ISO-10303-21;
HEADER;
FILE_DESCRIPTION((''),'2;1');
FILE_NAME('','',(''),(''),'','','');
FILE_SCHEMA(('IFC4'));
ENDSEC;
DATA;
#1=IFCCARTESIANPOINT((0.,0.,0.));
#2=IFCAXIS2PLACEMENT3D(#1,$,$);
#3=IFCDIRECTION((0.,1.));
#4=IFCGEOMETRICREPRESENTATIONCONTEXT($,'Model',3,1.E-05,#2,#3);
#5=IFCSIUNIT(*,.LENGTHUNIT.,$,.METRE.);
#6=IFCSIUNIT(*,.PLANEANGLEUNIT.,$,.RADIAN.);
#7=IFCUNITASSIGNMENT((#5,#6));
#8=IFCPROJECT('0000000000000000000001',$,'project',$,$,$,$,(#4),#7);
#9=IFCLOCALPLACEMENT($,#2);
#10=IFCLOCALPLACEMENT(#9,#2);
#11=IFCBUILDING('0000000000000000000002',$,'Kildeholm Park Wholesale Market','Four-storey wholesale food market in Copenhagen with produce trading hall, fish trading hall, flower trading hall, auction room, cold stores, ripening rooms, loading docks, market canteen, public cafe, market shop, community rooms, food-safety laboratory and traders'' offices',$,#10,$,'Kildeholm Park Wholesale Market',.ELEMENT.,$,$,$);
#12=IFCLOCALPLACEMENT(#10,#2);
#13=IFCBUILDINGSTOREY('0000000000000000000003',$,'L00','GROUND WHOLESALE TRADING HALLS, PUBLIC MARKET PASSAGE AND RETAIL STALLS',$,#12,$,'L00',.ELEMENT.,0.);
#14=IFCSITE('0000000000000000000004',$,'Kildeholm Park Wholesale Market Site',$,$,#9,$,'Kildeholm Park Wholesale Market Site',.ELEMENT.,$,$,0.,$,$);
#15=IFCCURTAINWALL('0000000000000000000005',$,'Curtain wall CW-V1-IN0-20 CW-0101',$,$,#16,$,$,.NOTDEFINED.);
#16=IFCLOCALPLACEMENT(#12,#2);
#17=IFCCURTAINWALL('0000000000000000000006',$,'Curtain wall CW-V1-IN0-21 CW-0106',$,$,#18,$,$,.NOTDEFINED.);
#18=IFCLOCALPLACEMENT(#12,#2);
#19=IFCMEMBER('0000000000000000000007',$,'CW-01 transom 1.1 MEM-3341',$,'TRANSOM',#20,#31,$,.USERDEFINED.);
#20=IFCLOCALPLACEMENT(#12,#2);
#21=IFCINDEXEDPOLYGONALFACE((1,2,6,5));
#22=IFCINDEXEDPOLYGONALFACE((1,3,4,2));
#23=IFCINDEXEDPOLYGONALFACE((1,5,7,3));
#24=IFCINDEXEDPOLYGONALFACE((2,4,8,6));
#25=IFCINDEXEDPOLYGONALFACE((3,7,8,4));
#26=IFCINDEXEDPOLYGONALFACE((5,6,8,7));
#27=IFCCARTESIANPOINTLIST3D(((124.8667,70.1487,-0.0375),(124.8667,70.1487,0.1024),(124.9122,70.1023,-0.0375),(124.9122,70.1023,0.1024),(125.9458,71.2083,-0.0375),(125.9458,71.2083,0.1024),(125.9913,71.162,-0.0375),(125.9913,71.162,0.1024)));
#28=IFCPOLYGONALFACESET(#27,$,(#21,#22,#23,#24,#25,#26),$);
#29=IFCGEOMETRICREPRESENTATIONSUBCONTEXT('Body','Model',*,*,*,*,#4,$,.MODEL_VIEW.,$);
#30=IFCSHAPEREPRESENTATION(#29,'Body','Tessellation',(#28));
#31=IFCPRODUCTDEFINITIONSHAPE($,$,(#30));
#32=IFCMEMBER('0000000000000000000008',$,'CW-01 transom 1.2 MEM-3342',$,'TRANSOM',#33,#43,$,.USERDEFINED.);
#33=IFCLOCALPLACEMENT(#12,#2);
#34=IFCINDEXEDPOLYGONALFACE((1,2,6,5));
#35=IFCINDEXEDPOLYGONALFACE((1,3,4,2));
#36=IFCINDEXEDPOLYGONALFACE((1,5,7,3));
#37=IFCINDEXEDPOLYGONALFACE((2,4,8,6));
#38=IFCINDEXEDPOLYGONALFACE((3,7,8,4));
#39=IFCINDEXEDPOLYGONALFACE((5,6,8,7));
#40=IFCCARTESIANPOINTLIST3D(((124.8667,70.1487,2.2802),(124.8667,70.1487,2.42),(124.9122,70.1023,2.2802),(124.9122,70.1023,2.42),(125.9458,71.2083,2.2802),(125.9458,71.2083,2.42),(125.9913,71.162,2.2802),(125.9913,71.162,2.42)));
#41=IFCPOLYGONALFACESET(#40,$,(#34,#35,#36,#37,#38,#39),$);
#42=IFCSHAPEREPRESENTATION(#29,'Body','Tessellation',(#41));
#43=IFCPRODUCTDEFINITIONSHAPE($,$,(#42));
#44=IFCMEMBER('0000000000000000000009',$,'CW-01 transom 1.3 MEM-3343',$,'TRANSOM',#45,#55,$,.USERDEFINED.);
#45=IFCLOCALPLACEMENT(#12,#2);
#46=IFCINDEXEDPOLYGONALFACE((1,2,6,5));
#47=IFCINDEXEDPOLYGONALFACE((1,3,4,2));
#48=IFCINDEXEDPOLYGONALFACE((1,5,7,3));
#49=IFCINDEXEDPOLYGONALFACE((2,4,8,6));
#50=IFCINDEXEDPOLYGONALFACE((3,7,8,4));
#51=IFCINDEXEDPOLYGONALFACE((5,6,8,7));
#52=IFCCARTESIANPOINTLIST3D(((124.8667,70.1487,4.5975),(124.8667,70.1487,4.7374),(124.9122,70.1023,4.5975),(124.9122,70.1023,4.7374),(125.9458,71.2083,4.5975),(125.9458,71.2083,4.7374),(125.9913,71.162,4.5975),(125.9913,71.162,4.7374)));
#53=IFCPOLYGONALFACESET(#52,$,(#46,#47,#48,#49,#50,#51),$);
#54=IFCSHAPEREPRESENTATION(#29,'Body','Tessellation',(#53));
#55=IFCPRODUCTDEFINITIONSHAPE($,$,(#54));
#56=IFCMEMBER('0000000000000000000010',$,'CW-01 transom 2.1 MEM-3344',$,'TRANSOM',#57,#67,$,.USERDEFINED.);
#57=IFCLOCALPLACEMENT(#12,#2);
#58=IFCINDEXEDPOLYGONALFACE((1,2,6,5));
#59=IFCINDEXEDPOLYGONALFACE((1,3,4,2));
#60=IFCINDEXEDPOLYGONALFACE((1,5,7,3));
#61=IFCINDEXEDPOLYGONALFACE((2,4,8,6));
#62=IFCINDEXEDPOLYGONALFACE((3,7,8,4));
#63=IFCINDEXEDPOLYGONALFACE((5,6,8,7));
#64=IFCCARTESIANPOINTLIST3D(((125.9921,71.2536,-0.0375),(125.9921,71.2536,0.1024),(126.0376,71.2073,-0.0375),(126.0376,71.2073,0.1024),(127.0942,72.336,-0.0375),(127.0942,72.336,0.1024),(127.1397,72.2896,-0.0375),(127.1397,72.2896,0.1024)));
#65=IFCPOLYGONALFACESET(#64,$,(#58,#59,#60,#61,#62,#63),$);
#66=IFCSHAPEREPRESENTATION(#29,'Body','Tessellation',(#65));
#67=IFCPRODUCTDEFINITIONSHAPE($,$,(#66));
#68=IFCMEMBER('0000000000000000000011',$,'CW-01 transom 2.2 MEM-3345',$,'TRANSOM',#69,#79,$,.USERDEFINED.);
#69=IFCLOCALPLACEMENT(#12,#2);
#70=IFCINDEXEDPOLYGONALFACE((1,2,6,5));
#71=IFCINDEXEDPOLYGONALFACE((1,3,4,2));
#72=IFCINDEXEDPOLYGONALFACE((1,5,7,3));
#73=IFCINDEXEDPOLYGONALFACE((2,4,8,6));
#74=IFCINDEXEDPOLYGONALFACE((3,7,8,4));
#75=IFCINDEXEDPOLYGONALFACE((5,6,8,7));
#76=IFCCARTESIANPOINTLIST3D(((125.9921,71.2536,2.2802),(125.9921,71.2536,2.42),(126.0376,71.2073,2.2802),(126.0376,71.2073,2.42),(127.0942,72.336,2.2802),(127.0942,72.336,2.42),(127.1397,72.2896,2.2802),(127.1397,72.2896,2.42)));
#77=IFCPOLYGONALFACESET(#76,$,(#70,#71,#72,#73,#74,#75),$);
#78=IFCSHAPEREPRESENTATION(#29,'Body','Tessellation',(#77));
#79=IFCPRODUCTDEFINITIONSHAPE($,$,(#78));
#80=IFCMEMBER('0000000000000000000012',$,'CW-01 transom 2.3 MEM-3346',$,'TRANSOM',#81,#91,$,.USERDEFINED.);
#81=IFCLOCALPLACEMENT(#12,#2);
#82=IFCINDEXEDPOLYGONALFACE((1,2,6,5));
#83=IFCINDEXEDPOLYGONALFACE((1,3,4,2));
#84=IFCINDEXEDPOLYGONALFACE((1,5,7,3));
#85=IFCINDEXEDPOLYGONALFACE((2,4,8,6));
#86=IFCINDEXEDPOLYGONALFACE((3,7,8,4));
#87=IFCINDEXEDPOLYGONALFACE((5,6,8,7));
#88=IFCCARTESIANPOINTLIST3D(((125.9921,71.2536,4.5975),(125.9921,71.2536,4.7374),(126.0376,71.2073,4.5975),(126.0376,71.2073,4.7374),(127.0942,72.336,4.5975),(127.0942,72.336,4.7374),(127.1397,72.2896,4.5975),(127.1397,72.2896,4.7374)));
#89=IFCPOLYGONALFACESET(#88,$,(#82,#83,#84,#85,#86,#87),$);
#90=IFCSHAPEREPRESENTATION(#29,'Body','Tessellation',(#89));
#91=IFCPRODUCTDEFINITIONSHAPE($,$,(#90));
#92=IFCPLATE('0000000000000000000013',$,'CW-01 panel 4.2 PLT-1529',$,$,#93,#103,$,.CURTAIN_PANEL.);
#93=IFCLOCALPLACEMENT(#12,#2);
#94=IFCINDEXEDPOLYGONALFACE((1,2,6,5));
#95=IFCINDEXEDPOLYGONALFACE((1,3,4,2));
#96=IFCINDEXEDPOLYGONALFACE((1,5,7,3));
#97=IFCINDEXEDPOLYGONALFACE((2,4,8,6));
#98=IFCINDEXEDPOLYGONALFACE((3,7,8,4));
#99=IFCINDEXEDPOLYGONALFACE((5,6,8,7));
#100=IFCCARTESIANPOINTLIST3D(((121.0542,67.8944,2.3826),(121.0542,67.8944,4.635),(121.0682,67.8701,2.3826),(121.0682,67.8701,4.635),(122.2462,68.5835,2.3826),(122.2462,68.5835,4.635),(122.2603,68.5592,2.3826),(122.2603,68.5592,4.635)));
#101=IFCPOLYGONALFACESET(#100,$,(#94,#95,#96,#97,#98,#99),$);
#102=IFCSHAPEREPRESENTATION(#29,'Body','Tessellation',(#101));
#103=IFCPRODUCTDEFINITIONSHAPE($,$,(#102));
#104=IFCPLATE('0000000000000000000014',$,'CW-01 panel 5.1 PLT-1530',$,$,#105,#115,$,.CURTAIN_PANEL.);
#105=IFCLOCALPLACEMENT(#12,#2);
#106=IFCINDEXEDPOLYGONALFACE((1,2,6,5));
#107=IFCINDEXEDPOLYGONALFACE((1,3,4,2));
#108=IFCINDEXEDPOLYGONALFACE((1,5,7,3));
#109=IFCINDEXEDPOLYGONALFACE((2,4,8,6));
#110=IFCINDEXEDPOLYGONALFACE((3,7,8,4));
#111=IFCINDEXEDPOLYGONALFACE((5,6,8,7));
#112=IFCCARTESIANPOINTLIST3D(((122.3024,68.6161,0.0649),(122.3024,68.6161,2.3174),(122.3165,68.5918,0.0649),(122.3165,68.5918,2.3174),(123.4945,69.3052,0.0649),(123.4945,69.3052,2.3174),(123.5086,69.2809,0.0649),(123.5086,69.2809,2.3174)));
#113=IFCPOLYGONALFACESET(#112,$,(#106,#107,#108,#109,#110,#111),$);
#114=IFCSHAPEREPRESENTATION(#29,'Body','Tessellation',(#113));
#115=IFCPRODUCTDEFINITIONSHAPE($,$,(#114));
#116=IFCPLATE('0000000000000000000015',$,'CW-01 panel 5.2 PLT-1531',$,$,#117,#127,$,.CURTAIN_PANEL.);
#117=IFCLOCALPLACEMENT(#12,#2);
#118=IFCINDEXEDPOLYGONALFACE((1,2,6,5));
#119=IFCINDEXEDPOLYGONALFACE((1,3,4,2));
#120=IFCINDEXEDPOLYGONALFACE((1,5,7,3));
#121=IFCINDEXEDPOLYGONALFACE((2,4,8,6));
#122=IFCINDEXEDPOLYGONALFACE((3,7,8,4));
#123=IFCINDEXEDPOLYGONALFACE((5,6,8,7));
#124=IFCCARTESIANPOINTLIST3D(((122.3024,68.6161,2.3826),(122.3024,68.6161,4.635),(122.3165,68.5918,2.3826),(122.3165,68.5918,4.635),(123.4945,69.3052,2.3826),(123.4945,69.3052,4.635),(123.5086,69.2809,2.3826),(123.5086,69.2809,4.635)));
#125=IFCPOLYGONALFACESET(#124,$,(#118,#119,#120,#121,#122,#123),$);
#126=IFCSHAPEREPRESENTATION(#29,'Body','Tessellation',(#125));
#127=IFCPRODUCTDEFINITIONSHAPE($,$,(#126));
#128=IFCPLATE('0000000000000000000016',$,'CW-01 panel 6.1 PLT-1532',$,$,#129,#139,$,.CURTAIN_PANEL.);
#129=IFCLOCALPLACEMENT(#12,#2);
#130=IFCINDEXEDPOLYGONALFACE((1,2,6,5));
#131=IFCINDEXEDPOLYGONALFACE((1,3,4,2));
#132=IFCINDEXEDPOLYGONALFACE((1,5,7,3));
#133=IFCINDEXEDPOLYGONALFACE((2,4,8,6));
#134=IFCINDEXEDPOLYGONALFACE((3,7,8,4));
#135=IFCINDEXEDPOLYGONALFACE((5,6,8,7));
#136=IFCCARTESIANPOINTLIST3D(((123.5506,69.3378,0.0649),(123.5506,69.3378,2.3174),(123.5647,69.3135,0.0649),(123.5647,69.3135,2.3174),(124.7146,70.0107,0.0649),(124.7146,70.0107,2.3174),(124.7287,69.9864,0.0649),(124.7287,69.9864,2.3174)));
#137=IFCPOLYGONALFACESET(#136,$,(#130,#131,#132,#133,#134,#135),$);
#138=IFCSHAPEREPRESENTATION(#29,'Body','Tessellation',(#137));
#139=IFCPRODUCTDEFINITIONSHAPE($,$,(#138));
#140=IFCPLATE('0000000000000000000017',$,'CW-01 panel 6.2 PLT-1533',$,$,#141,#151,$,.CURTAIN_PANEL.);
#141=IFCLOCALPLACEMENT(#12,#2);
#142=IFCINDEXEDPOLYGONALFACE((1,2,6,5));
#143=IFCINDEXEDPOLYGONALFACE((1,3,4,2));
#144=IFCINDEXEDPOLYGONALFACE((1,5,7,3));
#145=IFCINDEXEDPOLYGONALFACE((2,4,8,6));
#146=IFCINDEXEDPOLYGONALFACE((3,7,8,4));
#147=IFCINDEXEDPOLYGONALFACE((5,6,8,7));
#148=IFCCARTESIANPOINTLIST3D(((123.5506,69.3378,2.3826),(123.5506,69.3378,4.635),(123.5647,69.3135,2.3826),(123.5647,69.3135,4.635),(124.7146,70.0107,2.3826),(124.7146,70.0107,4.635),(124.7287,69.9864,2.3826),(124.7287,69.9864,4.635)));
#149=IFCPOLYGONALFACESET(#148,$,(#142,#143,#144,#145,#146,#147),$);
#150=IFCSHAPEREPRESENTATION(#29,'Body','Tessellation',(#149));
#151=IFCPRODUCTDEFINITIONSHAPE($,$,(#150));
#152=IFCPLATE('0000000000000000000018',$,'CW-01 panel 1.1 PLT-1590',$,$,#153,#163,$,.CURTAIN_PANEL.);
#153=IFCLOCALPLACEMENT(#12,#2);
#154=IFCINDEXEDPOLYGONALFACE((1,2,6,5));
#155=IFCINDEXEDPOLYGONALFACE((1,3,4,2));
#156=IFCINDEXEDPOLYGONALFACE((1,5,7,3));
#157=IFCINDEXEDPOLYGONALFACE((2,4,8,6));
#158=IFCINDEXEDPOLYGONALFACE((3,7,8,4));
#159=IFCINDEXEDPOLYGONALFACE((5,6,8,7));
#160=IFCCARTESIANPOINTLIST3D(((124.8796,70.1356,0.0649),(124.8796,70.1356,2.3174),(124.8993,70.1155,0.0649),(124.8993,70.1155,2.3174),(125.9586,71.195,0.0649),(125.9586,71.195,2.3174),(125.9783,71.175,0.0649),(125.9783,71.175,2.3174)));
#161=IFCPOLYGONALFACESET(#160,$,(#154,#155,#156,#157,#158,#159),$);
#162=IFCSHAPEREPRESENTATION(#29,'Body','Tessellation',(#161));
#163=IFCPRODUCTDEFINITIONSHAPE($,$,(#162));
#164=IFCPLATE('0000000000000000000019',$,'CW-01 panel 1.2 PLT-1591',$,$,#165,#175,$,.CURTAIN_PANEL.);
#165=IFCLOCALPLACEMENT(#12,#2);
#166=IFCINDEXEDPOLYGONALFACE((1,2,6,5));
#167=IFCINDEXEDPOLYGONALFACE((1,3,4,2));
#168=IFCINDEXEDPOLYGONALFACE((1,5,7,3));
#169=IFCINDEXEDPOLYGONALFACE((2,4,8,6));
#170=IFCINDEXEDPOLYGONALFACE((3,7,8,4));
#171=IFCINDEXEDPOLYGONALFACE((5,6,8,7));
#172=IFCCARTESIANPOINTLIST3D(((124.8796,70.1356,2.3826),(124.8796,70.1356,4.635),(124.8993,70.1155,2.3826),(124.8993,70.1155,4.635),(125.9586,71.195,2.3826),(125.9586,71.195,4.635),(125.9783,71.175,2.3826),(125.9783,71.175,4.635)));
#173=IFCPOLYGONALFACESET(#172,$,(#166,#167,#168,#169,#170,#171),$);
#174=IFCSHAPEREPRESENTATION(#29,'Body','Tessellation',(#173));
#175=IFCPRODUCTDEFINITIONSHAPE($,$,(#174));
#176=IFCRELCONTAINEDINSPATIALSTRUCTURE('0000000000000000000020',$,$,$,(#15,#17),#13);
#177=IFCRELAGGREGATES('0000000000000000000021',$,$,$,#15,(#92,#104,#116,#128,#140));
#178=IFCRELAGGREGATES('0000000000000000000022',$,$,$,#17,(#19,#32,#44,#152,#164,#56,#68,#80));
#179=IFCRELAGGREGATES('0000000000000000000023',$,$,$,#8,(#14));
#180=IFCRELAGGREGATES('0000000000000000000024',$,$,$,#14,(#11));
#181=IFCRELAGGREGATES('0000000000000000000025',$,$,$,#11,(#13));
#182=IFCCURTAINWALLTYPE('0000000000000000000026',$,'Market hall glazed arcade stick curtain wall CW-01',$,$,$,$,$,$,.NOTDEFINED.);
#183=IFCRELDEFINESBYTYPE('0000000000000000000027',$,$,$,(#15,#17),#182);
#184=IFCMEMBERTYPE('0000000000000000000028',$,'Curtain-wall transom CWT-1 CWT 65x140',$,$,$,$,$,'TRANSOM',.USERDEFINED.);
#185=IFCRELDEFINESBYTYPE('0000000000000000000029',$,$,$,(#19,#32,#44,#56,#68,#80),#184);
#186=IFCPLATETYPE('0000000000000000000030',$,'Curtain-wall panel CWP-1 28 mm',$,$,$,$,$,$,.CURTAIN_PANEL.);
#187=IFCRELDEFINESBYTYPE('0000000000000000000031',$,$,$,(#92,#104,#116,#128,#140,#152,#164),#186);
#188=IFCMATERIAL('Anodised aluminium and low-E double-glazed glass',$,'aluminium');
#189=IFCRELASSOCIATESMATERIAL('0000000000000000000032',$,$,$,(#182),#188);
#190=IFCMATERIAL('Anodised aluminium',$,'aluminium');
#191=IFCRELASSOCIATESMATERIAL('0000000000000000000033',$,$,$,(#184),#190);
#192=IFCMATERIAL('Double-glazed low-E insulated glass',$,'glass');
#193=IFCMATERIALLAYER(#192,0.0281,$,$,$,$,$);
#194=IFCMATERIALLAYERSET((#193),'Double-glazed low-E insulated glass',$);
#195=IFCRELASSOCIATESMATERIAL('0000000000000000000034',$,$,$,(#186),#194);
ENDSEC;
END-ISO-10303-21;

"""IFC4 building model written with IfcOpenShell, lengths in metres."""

from ifc_helpers import new_model, si_unit, direction, frame, origin, origin_2d, place, context, subcontext, project, spatial, rectangle, extrude, material, layer, layer_set, material_profile, profile_set, type_object, element, aggregate, save


model = new_model("IFC4")

# Units and contexts
model_context = context("Model", 3, precision=1e-05, world=origin(), true_north=direction((0.0, 1.0)))
body_context = subcontext(model_context, "Body", "Model", "MODEL_VIEW")
ifc_project = project(units=[si_unit("LENGTHUNIT", "METRE"), si_unit("PLANEANGLEUNIT", "RADIAN")], contexts=[model_context])

# Site, building, storey
site_placement = place(None, origin())
site = spatial("IfcSite", under=ifc_project, at=site_placement, Name="Kildeholm Park Wholesale Market Site", LongName="Kildeholm Park Wholesale Market Site", CompositionType="ELEMENT", RefElevation=0.0)
building_placement = place(site_placement, origin())
building = spatial("IfcBuilding", under=site, at=building_placement, Name="Kildeholm Park Wholesale Market", Description="Four-storey wholesale food market in Copenhagen with produce trading hall, fish trading hall, flower trading hall, auction room, cold stores, ripening rooms, loading docks, market canteen, public cafe, market shop, community rooms, food-safety laboratory and traders' offices", LongName="Kildeholm Park Wholesale Market", CompositionType="ELEMENT")
storey_placement = place(building_placement, origin())
storey = spatial("IfcBuildingStorey", under=building, at=storey_placement, Name="L00", Description="GROUND WHOLESALE TRADING HALLS, PUBLIC MARKET PASSAGE AND RETAIL STALLS", LongName="L00", CompositionType="ELEMENT", Elevation=0.0)

# Curtain walls
ifc_material_1 = material(Name="Anodised aluminium and low-E double-glazed glass", Category="aluminium")
curtain_wall_type = type_object("IfcCurtainWallType", Name="Market hall glazed arcade stick curtain wall CW-01", PredefinedType="NOTDEFINED", material=ifc_material_1)
curtain_wall_1_placement = place(storey_placement, origin())
curtain_wall_1 = element("IfcCurtainWall", 1, at=curtain_wall_1_placement, inside=storey, type_object=curtain_wall_type, Name="Curtain wall CW-V1-IN0-20 CW-0101", PredefinedType="NOTDEFINED")
ifc_material_2 = material(Name="Anodised aluminium", Category="aluminium")
curtain_wall_2_placement = place(storey_placement, origin())
curtain_wall_2 = element("IfcCurtainWall", 2, at=curtain_wall_2_placement, inside=storey, type_object=curtain_wall_type, Name="Curtain wall CW-V1-IN0-21 CW-0106", PredefinedType="NOTDEFINED")

# Members
ifc_material_profile_1 = material_profile(ifc_material_2, rectangle(XDim=0.0649, YDim=0.1399, at=origin_2d()), Name="CWT 65x140")
ifc_profile_set_1 = profile_set([ifc_material_profile_1], Name="Anodised aluminium")
member_type_1 = type_object("IfcMemberType", Name="Curtain-wall transom CWT-1 CWT 65x140", ElementType="TRANSOM", PredefinedType="USERDEFINED", material=ifc_profile_set_1)
member_1_placement = place(storey_placement, frame((124.8894, 70.1255, 0.0325), z_axis=(0.713535, 0.70062, 0.0), x_axis=(-0.70062, 0.713535, 0.0)))
member_1 = element("IfcMember", 3, at=member_1_placement, type_object=member_type_1, Name="CW-01 transom 1.1 MEM-3341", ObjectType="TRANSOM", PredefinedType="USERDEFINED", context=body_context, shape_type="SweptSolid", body=[
    extrude(rectangle(XDim=0.0649, YDim=0.1399, at=origin_2d()), origin(), (0.0, 0.0, 1.0), 1.5125),
])
member_2_placement = place(storey_placement, frame((124.8894, 70.1255, 2.3501), z_axis=(0.713535, 0.70062, 0.0), x_axis=(-0.70062, 0.713535, 0.0)))
member_2 = element("IfcMember", 4, at=member_2_placement, type_object=member_type_1, Name="CW-01 transom 1.2 MEM-3342", ObjectType="TRANSOM", PredefinedType="USERDEFINED", context=body_context, shape_type="SweptSolid", body=[
    extrude(rectangle(XDim=0.0649, YDim=0.1399, at=origin_2d()), origin(), (0.0, 0.0, 1.0), 1.5125),
])
member_3_placement = place(storey_placement, frame((124.8894, 70.1255, 4.6675), z_axis=(0.713535, 0.70062, 0.0), x_axis=(-0.70062, 0.713535, 0.0)))
member_3 = element("IfcMember", 5, at=member_3_placement, type_object=member_type_1, Name="CW-01 transom 1.3 MEM-3343", ObjectType="TRANSOM", PredefinedType="USERDEFINED", context=body_context, shape_type="SweptSolid", body=[
    extrude(rectangle(XDim=0.0649, YDim=0.1399, at=origin_2d()), origin(), (0.0, 0.0, 1.0), 1.5125),
])
member_4_placement = place(storey_placement, frame((126.0149, 71.2305, 0.0325), z_axis=(0.713479, 0.700676, 0.0), x_axis=(-0.700676, 0.713479, 0.0)))
member_4 = element("IfcMember", 6, at=member_4_placement, type_object=member_type_1, Name="CW-01 transom 2.1 MEM-3344", ObjectType="TRANSOM", PredefinedType="USERDEFINED", context=body_context, shape_type="SweptSolid", body=[
    extrude(rectangle(XDim=0.0649, YDim=0.1399, at=origin_2d()), origin(), (0.0, 0.0, 1.0), 1.5447),
])
member_5_placement = place(storey_placement, frame((126.0149, 71.2305, 2.3501), z_axis=(0.713479, 0.700676, 0.0), x_axis=(-0.700676, 0.713479, 0.0)))
member_5 = element("IfcMember", 7, at=member_5_placement, type_object=member_type_1, Name="CW-01 transom 2.2 MEM-3345", ObjectType="TRANSOM", PredefinedType="USERDEFINED", context=body_context, shape_type="SweptSolid", body=[
    extrude(rectangle(XDim=0.0649, YDim=0.1399, at=origin_2d()), origin(), (0.0, 0.0, 1.0), 1.5447),
])
member_6_placement = place(storey_placement, frame((126.0149, 71.2305, 4.6675), z_axis=(0.713479, 0.700676, 0.0), x_axis=(-0.700676, 0.713479, 0.0)))
member_6 = element("IfcMember", 8, at=member_6_placement, type_object=member_type_1, Name="CW-01 transom 2.3 MEM-3346", ObjectType="TRANSOM", PredefinedType="USERDEFINED", context=body_context, shape_type="SweptSolid", body=[
    extrude(rectangle(XDim=0.0649, YDim=0.1399, at=origin_2d()), origin(), (0.0, 0.0, 1.0), 1.5447),
])

# Plates
ifc_material_3 = material(Name="Double-glazed low-E insulated glass", Category="glass")
ifc_layer = layer(ifc_material_3, 0.0281)
ifc_layer_set = layer_set([ifc_layer], Name="Double-glazed low-E insulated glass")
plate_type = type_object("IfcPlateType", Name="Curtain-wall panel CWP-1 28 mm", PredefinedType="CURTAIN_PANEL", material=ifc_layer_set)
plate_1_placement = place(storey_placement, frame((121.6572, 68.2268, 2.3826), z_axis=(0.0, 0.0, 1.0), x_axis=(0.865743, 0.500489, 0.0)))
plate_1 = element("IfcPlate", 9, at=plate_1_placement, type_object=plate_type, Name="CW-01 panel 4.2 PLT-1529", PredefinedType="CURTAIN_PANEL", context=body_context, shape_type="SweptSolid", body=[
    extrude(rectangle(XDim=1.377, YDim=0.0281, at=origin_2d()), origin(), (0.0, 0.0, 1.0), 2.2524),
])
plate_2_placement = place(storey_placement, frame((122.9055, 68.9485, 0.0649), z_axis=(0.0, 0.0, 1.0), x_axis=(0.865743, 0.500489, 0.0)))
plate_2 = element("IfcPlate", 10, at=plate_2_placement, type_object=plate_type, Name="CW-01 panel 5.1 PLT-1530", PredefinedType="CURTAIN_PANEL", context=body_context, shape_type="SweptSolid", body=[
    extrude(rectangle(XDim=1.377, YDim=0.0281, at=origin_2d()), origin(), (0.0, 0.0, 1.0), 2.2524),
])
plate_3_placement = place(storey_placement, frame((122.9055, 68.9485, 2.3826), z_axis=(0.0, 0.0, 1.0), x_axis=(0.865743, 0.500489, 0.0)))
plate_3 = element("IfcPlate", 11, at=plate_3_placement, type_object=plate_type, Name="CW-01 panel 5.2 PLT-1531", PredefinedType="CURTAIN_PANEL", context=body_context, shape_type="SweptSolid", body=[
    extrude(rectangle(XDim=1.377, YDim=0.0281, at=origin_2d()), origin(), (0.0, 0.0, 1.0), 2.2524),
])
plate_4_placement = place(storey_placement, frame((124.1396, 69.6621, 0.0649), z_axis=(0.0, 0.0, 1.0), x_axis=(0.865743, 0.500489, 0.0)))
plate_4 = element("IfcPlate", 12, at=plate_4_placement, type_object=plate_type, Name="CW-01 panel 6.1 PLT-1532", PredefinedType="CURTAIN_PANEL", context=body_context, shape_type="SweptSolid", body=[
    extrude(rectangle(XDim=1.3445, YDim=0.0281, at=origin_2d()), origin(), (0.0, 0.0, 1.0), 2.2524),
])
plate_5_placement = place(storey_placement, frame((124.1396, 69.6621, 2.3826), z_axis=(0.0, 0.0, 1.0), x_axis=(0.865743, 0.500489, 0.0)))
plate_5 = element("IfcPlate", 13, at=plate_5_placement, type_object=plate_type, Name="CW-01 panel 6.2 PLT-1533", PredefinedType="CURTAIN_PANEL", context=body_context, shape_type="SweptSolid", body=[
    extrude(rectangle(XDim=1.3445, YDim=0.0281, at=origin_2d()), origin(), (0.0, 0.0, 1.0), 2.2524),
])
aggregate(curtain_wall_1, [plate_1, plate_2, plate_3, plate_4, plate_5])
plate_6_placement = place(storey_placement, frame((125.429, 70.6553, 0.0649), z_axis=(0.0, 0.0, 1.0), x_axis=(0.713538, 0.700617, 0.0)))
plate_6 = element("IfcPlate", 14, at=plate_6_placement, type_object=plate_type, Name="CW-01 panel 1.1 PLT-1590", PredefinedType="CURTAIN_PANEL", context=body_context, shape_type="SweptSolid", body=[
    extrude(rectangle(XDim=1.5122, YDim=0.0281, at=origin_2d()), origin(), (0.0, 0.0, 1.0), 2.2524),
])
plate_7_placement = place(storey_placement, frame((125.429, 70.6553, 2.3826), z_axis=(0.0, 0.0, 1.0), x_axis=(0.713538, 0.700617, 0.0)))
plate_7 = element("IfcPlate", 15, at=plate_7_placement, type_object=plate_type, Name="CW-01 panel 1.2 PLT-1591", PredefinedType="CURTAIN_PANEL", context=body_context, shape_type="SweptSolid", body=[
    extrude(rectangle(XDim=1.5122, YDim=0.0281, at=origin_2d()), origin(), (0.0, 0.0, 1.0), 2.2524),
])
aggregate(curtain_wall_2, [member_1, member_2, member_3, plate_6, plate_7, member_4, member_5, member_6])

save(model, "model.ifc")
